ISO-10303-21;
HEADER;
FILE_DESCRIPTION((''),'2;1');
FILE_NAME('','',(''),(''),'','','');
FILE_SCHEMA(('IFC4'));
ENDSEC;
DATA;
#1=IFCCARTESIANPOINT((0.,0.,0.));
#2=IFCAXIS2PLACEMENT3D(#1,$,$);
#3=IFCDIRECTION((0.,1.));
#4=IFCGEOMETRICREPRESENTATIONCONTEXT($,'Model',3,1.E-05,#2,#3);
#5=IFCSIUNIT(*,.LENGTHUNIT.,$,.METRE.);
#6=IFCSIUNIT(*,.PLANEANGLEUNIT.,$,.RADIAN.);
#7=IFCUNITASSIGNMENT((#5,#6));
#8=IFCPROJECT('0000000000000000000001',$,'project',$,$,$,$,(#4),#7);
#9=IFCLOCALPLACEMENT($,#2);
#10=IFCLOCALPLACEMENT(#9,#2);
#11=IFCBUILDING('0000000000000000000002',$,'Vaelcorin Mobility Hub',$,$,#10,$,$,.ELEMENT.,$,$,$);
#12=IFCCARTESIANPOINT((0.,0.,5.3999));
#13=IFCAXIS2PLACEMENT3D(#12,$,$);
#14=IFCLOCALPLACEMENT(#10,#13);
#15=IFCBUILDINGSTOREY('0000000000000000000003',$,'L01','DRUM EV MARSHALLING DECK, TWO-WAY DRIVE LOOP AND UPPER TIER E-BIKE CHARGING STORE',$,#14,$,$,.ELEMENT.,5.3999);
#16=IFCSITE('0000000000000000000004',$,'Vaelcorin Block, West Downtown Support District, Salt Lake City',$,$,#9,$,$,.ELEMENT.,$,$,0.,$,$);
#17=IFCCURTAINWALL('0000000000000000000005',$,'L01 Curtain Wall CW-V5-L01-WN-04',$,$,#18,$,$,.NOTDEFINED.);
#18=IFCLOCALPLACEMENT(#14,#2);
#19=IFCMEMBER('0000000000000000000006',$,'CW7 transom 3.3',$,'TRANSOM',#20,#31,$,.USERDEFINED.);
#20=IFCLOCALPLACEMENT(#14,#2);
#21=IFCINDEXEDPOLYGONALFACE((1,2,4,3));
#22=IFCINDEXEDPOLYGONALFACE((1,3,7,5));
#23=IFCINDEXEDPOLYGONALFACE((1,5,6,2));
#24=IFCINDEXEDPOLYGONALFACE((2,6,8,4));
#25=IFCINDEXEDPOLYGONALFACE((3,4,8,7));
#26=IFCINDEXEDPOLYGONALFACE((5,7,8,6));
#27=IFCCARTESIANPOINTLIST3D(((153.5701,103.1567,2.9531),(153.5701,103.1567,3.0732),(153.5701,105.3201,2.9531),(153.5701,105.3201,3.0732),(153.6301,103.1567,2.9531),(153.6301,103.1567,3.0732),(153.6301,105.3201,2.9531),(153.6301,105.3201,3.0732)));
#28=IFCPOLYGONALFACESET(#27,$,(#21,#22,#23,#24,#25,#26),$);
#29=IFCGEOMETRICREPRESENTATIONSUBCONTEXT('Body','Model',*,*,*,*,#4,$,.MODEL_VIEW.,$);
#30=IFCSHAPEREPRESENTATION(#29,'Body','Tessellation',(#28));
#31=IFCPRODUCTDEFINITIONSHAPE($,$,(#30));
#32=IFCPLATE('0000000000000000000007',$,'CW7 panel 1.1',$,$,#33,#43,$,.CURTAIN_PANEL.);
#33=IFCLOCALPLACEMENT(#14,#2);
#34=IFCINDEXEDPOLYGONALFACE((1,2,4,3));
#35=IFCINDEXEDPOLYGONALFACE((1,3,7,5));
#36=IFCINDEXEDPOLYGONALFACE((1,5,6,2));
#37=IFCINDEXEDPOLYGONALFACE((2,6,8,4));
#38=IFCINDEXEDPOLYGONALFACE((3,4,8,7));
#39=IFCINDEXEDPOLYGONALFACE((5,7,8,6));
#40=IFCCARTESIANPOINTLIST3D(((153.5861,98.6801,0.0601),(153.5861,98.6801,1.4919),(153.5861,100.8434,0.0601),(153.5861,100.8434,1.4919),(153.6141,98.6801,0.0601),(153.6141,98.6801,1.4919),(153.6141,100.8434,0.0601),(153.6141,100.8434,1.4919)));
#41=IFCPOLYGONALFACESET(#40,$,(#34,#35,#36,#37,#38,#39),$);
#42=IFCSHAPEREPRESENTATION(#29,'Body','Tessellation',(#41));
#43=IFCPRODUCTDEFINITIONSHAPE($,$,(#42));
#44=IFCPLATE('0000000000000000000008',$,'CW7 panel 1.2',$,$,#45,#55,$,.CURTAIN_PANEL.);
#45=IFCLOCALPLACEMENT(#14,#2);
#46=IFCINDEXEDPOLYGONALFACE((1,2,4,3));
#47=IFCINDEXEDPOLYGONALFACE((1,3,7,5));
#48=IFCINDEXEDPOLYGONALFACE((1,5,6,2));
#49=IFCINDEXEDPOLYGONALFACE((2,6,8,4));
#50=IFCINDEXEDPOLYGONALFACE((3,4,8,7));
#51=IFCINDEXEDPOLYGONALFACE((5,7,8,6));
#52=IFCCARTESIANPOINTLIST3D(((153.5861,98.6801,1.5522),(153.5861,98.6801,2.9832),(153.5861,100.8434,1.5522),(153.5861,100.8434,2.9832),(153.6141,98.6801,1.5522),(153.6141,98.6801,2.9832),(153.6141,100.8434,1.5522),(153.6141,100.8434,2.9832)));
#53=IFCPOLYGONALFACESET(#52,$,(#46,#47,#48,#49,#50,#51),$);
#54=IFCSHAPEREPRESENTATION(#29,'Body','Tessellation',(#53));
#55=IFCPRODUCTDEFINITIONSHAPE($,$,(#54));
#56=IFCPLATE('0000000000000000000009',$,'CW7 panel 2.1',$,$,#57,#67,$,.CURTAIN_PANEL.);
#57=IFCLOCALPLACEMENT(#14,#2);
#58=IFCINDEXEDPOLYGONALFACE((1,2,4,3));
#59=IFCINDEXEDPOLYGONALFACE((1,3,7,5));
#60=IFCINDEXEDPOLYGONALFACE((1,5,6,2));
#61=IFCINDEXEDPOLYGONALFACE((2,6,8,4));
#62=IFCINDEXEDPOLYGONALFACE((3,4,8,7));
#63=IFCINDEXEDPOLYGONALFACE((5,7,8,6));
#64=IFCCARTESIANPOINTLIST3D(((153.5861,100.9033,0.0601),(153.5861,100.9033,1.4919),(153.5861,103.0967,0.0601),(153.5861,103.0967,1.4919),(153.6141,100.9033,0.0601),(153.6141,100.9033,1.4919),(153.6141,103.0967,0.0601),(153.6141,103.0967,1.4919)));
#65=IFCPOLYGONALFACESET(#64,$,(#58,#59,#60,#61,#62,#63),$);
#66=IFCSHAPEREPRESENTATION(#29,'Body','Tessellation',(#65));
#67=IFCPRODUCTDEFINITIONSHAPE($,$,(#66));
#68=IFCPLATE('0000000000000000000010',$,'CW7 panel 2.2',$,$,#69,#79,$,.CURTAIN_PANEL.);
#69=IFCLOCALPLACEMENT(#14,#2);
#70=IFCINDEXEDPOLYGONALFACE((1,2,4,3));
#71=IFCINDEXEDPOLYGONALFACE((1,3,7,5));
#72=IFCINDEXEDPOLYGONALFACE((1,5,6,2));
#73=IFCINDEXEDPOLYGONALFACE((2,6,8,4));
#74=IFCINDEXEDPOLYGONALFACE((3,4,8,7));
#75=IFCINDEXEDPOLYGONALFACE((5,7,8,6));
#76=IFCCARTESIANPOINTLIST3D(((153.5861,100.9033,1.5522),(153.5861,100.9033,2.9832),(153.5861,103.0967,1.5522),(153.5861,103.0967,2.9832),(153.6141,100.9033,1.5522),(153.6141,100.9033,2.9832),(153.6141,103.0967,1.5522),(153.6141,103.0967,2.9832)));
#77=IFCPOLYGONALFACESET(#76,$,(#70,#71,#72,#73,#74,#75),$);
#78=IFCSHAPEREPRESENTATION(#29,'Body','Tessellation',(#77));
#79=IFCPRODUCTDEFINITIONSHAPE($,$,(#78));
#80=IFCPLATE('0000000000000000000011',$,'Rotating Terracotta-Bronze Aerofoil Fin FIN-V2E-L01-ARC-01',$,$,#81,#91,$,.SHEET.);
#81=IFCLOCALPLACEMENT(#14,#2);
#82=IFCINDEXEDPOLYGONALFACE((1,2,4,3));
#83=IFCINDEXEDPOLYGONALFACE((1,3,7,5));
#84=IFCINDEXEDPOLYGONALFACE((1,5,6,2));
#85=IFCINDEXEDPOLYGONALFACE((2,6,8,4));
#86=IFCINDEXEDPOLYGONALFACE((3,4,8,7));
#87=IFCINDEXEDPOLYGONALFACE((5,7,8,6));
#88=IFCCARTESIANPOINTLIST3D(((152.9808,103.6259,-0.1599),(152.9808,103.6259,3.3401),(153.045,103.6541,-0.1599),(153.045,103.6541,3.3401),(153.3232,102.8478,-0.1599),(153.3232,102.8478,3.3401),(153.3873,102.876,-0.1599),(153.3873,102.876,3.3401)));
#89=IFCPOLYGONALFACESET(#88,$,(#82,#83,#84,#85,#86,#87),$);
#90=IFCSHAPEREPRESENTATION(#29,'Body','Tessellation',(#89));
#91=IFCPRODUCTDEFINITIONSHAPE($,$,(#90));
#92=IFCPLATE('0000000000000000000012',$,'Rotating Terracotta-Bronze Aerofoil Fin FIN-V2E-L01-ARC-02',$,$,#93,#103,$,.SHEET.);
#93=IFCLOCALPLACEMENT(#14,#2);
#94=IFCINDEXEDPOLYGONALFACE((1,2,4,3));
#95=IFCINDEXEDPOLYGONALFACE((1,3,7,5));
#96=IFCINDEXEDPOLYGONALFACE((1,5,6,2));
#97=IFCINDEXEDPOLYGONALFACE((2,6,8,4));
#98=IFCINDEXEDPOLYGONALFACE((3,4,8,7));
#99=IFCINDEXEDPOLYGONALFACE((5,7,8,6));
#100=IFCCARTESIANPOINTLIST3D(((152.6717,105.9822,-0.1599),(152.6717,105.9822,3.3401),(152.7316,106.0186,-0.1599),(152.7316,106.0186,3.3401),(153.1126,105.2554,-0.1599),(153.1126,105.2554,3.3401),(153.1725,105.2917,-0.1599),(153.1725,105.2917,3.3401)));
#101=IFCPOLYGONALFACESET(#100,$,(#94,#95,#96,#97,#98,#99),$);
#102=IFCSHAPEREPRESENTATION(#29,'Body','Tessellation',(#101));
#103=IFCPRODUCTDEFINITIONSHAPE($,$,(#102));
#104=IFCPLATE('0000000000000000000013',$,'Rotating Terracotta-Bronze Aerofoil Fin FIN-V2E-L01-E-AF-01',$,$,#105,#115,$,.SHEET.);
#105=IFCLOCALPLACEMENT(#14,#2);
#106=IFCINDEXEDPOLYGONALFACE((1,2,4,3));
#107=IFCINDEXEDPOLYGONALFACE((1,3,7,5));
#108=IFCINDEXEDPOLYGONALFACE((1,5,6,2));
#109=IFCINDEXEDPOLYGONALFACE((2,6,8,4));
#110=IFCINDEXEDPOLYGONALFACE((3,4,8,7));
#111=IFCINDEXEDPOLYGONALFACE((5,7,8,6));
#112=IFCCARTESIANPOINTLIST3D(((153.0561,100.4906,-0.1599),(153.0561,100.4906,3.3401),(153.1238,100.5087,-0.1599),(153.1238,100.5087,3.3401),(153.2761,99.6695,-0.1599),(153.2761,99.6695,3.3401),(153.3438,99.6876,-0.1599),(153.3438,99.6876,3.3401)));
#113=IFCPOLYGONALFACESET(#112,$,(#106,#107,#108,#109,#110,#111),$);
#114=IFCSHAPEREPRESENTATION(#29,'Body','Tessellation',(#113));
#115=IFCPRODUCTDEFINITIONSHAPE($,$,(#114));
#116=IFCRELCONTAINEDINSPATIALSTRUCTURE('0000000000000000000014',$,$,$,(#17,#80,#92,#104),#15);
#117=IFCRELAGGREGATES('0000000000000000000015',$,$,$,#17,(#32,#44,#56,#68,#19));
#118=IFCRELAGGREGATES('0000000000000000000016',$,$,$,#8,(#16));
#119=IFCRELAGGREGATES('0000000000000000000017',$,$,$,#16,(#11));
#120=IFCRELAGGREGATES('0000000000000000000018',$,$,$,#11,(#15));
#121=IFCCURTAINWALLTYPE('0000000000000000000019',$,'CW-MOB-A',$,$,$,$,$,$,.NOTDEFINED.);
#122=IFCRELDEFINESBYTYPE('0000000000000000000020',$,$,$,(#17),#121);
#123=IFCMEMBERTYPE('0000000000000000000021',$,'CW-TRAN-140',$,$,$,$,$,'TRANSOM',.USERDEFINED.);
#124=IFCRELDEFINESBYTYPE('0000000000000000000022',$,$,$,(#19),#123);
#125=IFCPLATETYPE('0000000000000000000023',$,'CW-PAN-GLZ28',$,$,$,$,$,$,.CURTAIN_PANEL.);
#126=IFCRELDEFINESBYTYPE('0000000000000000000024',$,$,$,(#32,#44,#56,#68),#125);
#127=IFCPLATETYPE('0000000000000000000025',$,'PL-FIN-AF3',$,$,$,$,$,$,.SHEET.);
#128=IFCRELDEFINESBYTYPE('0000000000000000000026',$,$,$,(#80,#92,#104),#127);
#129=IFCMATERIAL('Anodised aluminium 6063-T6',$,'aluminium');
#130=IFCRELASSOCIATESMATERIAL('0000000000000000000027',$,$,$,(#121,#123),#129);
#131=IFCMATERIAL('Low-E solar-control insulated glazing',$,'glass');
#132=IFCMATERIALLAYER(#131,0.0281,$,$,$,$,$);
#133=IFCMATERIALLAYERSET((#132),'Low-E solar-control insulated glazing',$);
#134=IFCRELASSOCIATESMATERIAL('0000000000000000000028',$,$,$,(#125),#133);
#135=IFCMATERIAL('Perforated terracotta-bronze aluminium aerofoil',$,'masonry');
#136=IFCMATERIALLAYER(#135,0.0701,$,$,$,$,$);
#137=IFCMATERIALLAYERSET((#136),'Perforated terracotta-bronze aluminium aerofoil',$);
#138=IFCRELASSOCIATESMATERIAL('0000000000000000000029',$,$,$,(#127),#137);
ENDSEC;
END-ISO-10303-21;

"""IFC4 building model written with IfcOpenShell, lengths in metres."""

from ifc_helpers import new_model, si_unit, direction, frame, origin, origin_2d, place, context, subcontext, project, spatial, rectangle, extrude, material, layer, layer_set, material_profile, profile_set, type_object, element, aggregate, save


model = new_model("IFC4")

# Units and contexts
model_context = context("Model", 3, precision=1e-05, world=origin(), true_north=direction((0.0, 1.0)))
body_context = subcontext(model_context, "Body", "Model", "MODEL_VIEW")
ifc_project = project(units=[si_unit("LENGTHUNIT", "METRE"), si_unit("PLANEANGLEUNIT", "RADIAN")], contexts=[model_context])

# Site, building, storey
site_placement = place(None, origin())
site = spatial("IfcSite", under=ifc_project, at=site_placement, Name="Vaelcorin Block, West Downtown Support District, Salt Lake City", CompositionType="ELEMENT", RefElevation=0.0)
building_placement = place(site_placement, origin())
building = spatial("IfcBuilding", under=site, at=building_placement, Name="Vaelcorin Mobility Hub", CompositionType="ELEMENT")
storey_placement = place(building_placement, frame((0.0, 0.0, 5.3999)))
storey = spatial("IfcBuildingStorey", under=building, at=storey_placement, Name="L01", Description="DRUM EV MARSHALLING DECK, TWO-WAY DRIVE LOOP AND UPPER TIER E-BIKE CHARGING STORE", CompositionType="ELEMENT", Elevation=5.3999)

# Curtain wall, member, plates
ifc_material_1 = material(Name="Anodised aluminium 6063-T6", Category="aluminium")
curtain_wall_type = type_object("IfcCurtainWallType", Name="CW-MOB-A", PredefinedType="NOTDEFINED", material=ifc_material_1)
curtain_wall_placement = place(storey_placement, origin())
curtain_wall = element("IfcCurtainWall", 1, at=curtain_wall_placement, inside=storey, type_object=curtain_wall_type, Name="L01 Curtain Wall CW-V5-L01-WN-04", PredefinedType="NOTDEFINED")
ifc_material_profile_1 = material_profile(ifc_material_1, rectangle(XDim=0.0601, YDim=0.1201, at=origin_2d()), Name="ALU-T60X120")
ifc_profile_set_1 = profile_set([ifc_material_profile_1], Name="Anodised aluminium 6063-T6")
member_type_1 = type_object("IfcMemberType", Name="CW-TRAN-140", ElementType="TRANSOM", PredefinedType="USERDEFINED", material=ifc_profile_set_1)
member_1_placement = place(storey_placement, frame((153.6001, 103.1567, 3.0132), z_axis=(0.0, 1.0, 0.0), x_axis=(-1.0, 0.0, 0.0)))
member_1 = element("IfcMember", 2, at=member_1_placement, type_object=member_type_1, Name="CW7 transom 3.3", ObjectType="TRANSOM", PredefinedType="USERDEFINED", context=body_context, shape_type="SweptSolid", body=[
    extrude(rectangle(XDim=0.0601, YDim=0.1201, at=origin_2d()), origin(), (0.0, 0.0, 1.0), 2.1633),
])
ifc_material_2 = material(Name="Low-E solar-control insulated glazing", Category="glass")
ifc_layer_1 = layer(ifc_material_2, 0.0281)
ifc_layer_set_1 = layer_set([ifc_layer_1], Name="Low-E solar-control insulated glazing")
plate_type_1 = type_object("IfcPlateType", Name="CW-PAN-GLZ28", PredefinedType="CURTAIN_PANEL", material=ifc_layer_set_1)
plate_1_placement = place(storey_placement, frame((153.6001, 99.7617, 0.0601), z_axis=(0.0, 0.0, 1.0), x_axis=(0.0, 1.0, 0.0)))
plate_1 = element("IfcPlate", 3, at=plate_1_placement, type_object=plate_type_1, Name="CW7 panel 1.1", PredefinedType="CURTAIN_PANEL", context=body_context, shape_type="SweptSolid", body=[
    extrude(rectangle(XDim=2.1633, YDim=0.0281, at=origin_2d()), origin(), (0.0, 0.0, 1.0), 1.4319),
])
plate_2_placement = place(storey_placement, frame((153.6001, 99.7617, 1.5522), z_axis=(0.0, 0.0, 1.0), x_axis=(0.0, 1.0, 0.0)))
plate_2 = element("IfcPlate", 4, at=plate_2_placement, type_object=plate_type_1, Name="CW7 panel 1.2", PredefinedType="CURTAIN_PANEL", context=body_context, shape_type="SweptSolid", body=[
    extrude(rectangle(XDim=2.1633, YDim=0.0281, at=origin_2d()), origin(), (0.0, 0.0, 1.0), 1.4309),
])
plate_3_placement = place(storey_placement, frame((153.6001, 102.0, 0.0601), z_axis=(0.0, 0.0, 1.0), x_axis=(0.0, 1.0, 0.0)))
plate_3 = element("IfcPlate", 5, at=plate_3_placement, type_object=plate_type_1, Name="CW7 panel 2.1", PredefinedType="CURTAIN_PANEL", context=body_context, shape_type="SweptSolid", body=[
    extrude(rectangle(XDim=2.1934, YDim=0.0281, at=origin_2d()), origin(), (0.0, 0.0, 1.0), 1.4319),
])
plate_4_placement = place(storey_placement, frame((153.6001, 102.0, 1.5522), z_axis=(0.0, 0.0, 1.0), x_axis=(0.0, 1.0, 0.0)))
plate_4 = element("IfcPlate", 6, at=plate_4_placement, type_object=plate_type_1, Name="CW7 panel 2.2", PredefinedType="CURTAIN_PANEL", context=body_context, shape_type="SweptSolid", body=[
    extrude(rectangle(XDim=2.1934, YDim=0.0281, at=origin_2d()), origin(), (0.0, 0.0, 1.0), 1.4309),
])
aggregate(curtain_wall, [plate_1, plate_2, plate_3, plate_4, member_1])

# Plates
ifc_material_3 = material(Name="Perforated terracotta-bronze aluminium aerofoil", Category="masonry")
ifc_layer_2 = layer(ifc_material_3, 0.0701)
ifc_layer_set_2 = layer_set([ifc_layer_2], Name="Perforated terracotta-bronze aluminium aerofoil")
plate_type_2 = type_object("IfcPlateType", Name="PL-FIN-AF3", PredefinedType="SHEET", material=ifc_layer_set_2)
for number, where, z_axis, x_axis, name in (
    (7, (153.1841, 103.251, -0.1599), (0.0, 0.0, 1.0), (0.402763, -0.915304, 0.0), "Rotating Terracotta-Bronze Aerofoil Fin FIN-V2E-L01-ARC-01"),
    (8, (152.9221, 105.637, -0.1599), (0.0, 0.0, 1.0), (0.518594, -0.855021, 0.0), "Rotating Terracotta-Bronze Aerofoil Fin FIN-V2E-L01-ARC-02"),
    (9, (153.2, 100.0891, -0.1599), (0.0, 0.0, 1.0), (0.258819, -0.965926, 0.0), "Rotating Terracotta-Bronze Aerofoil Fin FIN-V2E-L01-E-AF-01"),
):
    element("IfcPlate", number, at=place(storey_placement, frame(where, z_axis=z_axis, x_axis=x_axis)), inside=storey, type_object=plate_type_2, Name=name, PredefinedType="SHEET", context=body_context, shape_type="SweptSolid", body=[
        extrude(rectangle(XDim=0.8501, YDim=0.0701, at=origin_2d()), origin(), (0.0, 0.0, 1.0), 3.5),
    ])

save(model, "model.ifc")
